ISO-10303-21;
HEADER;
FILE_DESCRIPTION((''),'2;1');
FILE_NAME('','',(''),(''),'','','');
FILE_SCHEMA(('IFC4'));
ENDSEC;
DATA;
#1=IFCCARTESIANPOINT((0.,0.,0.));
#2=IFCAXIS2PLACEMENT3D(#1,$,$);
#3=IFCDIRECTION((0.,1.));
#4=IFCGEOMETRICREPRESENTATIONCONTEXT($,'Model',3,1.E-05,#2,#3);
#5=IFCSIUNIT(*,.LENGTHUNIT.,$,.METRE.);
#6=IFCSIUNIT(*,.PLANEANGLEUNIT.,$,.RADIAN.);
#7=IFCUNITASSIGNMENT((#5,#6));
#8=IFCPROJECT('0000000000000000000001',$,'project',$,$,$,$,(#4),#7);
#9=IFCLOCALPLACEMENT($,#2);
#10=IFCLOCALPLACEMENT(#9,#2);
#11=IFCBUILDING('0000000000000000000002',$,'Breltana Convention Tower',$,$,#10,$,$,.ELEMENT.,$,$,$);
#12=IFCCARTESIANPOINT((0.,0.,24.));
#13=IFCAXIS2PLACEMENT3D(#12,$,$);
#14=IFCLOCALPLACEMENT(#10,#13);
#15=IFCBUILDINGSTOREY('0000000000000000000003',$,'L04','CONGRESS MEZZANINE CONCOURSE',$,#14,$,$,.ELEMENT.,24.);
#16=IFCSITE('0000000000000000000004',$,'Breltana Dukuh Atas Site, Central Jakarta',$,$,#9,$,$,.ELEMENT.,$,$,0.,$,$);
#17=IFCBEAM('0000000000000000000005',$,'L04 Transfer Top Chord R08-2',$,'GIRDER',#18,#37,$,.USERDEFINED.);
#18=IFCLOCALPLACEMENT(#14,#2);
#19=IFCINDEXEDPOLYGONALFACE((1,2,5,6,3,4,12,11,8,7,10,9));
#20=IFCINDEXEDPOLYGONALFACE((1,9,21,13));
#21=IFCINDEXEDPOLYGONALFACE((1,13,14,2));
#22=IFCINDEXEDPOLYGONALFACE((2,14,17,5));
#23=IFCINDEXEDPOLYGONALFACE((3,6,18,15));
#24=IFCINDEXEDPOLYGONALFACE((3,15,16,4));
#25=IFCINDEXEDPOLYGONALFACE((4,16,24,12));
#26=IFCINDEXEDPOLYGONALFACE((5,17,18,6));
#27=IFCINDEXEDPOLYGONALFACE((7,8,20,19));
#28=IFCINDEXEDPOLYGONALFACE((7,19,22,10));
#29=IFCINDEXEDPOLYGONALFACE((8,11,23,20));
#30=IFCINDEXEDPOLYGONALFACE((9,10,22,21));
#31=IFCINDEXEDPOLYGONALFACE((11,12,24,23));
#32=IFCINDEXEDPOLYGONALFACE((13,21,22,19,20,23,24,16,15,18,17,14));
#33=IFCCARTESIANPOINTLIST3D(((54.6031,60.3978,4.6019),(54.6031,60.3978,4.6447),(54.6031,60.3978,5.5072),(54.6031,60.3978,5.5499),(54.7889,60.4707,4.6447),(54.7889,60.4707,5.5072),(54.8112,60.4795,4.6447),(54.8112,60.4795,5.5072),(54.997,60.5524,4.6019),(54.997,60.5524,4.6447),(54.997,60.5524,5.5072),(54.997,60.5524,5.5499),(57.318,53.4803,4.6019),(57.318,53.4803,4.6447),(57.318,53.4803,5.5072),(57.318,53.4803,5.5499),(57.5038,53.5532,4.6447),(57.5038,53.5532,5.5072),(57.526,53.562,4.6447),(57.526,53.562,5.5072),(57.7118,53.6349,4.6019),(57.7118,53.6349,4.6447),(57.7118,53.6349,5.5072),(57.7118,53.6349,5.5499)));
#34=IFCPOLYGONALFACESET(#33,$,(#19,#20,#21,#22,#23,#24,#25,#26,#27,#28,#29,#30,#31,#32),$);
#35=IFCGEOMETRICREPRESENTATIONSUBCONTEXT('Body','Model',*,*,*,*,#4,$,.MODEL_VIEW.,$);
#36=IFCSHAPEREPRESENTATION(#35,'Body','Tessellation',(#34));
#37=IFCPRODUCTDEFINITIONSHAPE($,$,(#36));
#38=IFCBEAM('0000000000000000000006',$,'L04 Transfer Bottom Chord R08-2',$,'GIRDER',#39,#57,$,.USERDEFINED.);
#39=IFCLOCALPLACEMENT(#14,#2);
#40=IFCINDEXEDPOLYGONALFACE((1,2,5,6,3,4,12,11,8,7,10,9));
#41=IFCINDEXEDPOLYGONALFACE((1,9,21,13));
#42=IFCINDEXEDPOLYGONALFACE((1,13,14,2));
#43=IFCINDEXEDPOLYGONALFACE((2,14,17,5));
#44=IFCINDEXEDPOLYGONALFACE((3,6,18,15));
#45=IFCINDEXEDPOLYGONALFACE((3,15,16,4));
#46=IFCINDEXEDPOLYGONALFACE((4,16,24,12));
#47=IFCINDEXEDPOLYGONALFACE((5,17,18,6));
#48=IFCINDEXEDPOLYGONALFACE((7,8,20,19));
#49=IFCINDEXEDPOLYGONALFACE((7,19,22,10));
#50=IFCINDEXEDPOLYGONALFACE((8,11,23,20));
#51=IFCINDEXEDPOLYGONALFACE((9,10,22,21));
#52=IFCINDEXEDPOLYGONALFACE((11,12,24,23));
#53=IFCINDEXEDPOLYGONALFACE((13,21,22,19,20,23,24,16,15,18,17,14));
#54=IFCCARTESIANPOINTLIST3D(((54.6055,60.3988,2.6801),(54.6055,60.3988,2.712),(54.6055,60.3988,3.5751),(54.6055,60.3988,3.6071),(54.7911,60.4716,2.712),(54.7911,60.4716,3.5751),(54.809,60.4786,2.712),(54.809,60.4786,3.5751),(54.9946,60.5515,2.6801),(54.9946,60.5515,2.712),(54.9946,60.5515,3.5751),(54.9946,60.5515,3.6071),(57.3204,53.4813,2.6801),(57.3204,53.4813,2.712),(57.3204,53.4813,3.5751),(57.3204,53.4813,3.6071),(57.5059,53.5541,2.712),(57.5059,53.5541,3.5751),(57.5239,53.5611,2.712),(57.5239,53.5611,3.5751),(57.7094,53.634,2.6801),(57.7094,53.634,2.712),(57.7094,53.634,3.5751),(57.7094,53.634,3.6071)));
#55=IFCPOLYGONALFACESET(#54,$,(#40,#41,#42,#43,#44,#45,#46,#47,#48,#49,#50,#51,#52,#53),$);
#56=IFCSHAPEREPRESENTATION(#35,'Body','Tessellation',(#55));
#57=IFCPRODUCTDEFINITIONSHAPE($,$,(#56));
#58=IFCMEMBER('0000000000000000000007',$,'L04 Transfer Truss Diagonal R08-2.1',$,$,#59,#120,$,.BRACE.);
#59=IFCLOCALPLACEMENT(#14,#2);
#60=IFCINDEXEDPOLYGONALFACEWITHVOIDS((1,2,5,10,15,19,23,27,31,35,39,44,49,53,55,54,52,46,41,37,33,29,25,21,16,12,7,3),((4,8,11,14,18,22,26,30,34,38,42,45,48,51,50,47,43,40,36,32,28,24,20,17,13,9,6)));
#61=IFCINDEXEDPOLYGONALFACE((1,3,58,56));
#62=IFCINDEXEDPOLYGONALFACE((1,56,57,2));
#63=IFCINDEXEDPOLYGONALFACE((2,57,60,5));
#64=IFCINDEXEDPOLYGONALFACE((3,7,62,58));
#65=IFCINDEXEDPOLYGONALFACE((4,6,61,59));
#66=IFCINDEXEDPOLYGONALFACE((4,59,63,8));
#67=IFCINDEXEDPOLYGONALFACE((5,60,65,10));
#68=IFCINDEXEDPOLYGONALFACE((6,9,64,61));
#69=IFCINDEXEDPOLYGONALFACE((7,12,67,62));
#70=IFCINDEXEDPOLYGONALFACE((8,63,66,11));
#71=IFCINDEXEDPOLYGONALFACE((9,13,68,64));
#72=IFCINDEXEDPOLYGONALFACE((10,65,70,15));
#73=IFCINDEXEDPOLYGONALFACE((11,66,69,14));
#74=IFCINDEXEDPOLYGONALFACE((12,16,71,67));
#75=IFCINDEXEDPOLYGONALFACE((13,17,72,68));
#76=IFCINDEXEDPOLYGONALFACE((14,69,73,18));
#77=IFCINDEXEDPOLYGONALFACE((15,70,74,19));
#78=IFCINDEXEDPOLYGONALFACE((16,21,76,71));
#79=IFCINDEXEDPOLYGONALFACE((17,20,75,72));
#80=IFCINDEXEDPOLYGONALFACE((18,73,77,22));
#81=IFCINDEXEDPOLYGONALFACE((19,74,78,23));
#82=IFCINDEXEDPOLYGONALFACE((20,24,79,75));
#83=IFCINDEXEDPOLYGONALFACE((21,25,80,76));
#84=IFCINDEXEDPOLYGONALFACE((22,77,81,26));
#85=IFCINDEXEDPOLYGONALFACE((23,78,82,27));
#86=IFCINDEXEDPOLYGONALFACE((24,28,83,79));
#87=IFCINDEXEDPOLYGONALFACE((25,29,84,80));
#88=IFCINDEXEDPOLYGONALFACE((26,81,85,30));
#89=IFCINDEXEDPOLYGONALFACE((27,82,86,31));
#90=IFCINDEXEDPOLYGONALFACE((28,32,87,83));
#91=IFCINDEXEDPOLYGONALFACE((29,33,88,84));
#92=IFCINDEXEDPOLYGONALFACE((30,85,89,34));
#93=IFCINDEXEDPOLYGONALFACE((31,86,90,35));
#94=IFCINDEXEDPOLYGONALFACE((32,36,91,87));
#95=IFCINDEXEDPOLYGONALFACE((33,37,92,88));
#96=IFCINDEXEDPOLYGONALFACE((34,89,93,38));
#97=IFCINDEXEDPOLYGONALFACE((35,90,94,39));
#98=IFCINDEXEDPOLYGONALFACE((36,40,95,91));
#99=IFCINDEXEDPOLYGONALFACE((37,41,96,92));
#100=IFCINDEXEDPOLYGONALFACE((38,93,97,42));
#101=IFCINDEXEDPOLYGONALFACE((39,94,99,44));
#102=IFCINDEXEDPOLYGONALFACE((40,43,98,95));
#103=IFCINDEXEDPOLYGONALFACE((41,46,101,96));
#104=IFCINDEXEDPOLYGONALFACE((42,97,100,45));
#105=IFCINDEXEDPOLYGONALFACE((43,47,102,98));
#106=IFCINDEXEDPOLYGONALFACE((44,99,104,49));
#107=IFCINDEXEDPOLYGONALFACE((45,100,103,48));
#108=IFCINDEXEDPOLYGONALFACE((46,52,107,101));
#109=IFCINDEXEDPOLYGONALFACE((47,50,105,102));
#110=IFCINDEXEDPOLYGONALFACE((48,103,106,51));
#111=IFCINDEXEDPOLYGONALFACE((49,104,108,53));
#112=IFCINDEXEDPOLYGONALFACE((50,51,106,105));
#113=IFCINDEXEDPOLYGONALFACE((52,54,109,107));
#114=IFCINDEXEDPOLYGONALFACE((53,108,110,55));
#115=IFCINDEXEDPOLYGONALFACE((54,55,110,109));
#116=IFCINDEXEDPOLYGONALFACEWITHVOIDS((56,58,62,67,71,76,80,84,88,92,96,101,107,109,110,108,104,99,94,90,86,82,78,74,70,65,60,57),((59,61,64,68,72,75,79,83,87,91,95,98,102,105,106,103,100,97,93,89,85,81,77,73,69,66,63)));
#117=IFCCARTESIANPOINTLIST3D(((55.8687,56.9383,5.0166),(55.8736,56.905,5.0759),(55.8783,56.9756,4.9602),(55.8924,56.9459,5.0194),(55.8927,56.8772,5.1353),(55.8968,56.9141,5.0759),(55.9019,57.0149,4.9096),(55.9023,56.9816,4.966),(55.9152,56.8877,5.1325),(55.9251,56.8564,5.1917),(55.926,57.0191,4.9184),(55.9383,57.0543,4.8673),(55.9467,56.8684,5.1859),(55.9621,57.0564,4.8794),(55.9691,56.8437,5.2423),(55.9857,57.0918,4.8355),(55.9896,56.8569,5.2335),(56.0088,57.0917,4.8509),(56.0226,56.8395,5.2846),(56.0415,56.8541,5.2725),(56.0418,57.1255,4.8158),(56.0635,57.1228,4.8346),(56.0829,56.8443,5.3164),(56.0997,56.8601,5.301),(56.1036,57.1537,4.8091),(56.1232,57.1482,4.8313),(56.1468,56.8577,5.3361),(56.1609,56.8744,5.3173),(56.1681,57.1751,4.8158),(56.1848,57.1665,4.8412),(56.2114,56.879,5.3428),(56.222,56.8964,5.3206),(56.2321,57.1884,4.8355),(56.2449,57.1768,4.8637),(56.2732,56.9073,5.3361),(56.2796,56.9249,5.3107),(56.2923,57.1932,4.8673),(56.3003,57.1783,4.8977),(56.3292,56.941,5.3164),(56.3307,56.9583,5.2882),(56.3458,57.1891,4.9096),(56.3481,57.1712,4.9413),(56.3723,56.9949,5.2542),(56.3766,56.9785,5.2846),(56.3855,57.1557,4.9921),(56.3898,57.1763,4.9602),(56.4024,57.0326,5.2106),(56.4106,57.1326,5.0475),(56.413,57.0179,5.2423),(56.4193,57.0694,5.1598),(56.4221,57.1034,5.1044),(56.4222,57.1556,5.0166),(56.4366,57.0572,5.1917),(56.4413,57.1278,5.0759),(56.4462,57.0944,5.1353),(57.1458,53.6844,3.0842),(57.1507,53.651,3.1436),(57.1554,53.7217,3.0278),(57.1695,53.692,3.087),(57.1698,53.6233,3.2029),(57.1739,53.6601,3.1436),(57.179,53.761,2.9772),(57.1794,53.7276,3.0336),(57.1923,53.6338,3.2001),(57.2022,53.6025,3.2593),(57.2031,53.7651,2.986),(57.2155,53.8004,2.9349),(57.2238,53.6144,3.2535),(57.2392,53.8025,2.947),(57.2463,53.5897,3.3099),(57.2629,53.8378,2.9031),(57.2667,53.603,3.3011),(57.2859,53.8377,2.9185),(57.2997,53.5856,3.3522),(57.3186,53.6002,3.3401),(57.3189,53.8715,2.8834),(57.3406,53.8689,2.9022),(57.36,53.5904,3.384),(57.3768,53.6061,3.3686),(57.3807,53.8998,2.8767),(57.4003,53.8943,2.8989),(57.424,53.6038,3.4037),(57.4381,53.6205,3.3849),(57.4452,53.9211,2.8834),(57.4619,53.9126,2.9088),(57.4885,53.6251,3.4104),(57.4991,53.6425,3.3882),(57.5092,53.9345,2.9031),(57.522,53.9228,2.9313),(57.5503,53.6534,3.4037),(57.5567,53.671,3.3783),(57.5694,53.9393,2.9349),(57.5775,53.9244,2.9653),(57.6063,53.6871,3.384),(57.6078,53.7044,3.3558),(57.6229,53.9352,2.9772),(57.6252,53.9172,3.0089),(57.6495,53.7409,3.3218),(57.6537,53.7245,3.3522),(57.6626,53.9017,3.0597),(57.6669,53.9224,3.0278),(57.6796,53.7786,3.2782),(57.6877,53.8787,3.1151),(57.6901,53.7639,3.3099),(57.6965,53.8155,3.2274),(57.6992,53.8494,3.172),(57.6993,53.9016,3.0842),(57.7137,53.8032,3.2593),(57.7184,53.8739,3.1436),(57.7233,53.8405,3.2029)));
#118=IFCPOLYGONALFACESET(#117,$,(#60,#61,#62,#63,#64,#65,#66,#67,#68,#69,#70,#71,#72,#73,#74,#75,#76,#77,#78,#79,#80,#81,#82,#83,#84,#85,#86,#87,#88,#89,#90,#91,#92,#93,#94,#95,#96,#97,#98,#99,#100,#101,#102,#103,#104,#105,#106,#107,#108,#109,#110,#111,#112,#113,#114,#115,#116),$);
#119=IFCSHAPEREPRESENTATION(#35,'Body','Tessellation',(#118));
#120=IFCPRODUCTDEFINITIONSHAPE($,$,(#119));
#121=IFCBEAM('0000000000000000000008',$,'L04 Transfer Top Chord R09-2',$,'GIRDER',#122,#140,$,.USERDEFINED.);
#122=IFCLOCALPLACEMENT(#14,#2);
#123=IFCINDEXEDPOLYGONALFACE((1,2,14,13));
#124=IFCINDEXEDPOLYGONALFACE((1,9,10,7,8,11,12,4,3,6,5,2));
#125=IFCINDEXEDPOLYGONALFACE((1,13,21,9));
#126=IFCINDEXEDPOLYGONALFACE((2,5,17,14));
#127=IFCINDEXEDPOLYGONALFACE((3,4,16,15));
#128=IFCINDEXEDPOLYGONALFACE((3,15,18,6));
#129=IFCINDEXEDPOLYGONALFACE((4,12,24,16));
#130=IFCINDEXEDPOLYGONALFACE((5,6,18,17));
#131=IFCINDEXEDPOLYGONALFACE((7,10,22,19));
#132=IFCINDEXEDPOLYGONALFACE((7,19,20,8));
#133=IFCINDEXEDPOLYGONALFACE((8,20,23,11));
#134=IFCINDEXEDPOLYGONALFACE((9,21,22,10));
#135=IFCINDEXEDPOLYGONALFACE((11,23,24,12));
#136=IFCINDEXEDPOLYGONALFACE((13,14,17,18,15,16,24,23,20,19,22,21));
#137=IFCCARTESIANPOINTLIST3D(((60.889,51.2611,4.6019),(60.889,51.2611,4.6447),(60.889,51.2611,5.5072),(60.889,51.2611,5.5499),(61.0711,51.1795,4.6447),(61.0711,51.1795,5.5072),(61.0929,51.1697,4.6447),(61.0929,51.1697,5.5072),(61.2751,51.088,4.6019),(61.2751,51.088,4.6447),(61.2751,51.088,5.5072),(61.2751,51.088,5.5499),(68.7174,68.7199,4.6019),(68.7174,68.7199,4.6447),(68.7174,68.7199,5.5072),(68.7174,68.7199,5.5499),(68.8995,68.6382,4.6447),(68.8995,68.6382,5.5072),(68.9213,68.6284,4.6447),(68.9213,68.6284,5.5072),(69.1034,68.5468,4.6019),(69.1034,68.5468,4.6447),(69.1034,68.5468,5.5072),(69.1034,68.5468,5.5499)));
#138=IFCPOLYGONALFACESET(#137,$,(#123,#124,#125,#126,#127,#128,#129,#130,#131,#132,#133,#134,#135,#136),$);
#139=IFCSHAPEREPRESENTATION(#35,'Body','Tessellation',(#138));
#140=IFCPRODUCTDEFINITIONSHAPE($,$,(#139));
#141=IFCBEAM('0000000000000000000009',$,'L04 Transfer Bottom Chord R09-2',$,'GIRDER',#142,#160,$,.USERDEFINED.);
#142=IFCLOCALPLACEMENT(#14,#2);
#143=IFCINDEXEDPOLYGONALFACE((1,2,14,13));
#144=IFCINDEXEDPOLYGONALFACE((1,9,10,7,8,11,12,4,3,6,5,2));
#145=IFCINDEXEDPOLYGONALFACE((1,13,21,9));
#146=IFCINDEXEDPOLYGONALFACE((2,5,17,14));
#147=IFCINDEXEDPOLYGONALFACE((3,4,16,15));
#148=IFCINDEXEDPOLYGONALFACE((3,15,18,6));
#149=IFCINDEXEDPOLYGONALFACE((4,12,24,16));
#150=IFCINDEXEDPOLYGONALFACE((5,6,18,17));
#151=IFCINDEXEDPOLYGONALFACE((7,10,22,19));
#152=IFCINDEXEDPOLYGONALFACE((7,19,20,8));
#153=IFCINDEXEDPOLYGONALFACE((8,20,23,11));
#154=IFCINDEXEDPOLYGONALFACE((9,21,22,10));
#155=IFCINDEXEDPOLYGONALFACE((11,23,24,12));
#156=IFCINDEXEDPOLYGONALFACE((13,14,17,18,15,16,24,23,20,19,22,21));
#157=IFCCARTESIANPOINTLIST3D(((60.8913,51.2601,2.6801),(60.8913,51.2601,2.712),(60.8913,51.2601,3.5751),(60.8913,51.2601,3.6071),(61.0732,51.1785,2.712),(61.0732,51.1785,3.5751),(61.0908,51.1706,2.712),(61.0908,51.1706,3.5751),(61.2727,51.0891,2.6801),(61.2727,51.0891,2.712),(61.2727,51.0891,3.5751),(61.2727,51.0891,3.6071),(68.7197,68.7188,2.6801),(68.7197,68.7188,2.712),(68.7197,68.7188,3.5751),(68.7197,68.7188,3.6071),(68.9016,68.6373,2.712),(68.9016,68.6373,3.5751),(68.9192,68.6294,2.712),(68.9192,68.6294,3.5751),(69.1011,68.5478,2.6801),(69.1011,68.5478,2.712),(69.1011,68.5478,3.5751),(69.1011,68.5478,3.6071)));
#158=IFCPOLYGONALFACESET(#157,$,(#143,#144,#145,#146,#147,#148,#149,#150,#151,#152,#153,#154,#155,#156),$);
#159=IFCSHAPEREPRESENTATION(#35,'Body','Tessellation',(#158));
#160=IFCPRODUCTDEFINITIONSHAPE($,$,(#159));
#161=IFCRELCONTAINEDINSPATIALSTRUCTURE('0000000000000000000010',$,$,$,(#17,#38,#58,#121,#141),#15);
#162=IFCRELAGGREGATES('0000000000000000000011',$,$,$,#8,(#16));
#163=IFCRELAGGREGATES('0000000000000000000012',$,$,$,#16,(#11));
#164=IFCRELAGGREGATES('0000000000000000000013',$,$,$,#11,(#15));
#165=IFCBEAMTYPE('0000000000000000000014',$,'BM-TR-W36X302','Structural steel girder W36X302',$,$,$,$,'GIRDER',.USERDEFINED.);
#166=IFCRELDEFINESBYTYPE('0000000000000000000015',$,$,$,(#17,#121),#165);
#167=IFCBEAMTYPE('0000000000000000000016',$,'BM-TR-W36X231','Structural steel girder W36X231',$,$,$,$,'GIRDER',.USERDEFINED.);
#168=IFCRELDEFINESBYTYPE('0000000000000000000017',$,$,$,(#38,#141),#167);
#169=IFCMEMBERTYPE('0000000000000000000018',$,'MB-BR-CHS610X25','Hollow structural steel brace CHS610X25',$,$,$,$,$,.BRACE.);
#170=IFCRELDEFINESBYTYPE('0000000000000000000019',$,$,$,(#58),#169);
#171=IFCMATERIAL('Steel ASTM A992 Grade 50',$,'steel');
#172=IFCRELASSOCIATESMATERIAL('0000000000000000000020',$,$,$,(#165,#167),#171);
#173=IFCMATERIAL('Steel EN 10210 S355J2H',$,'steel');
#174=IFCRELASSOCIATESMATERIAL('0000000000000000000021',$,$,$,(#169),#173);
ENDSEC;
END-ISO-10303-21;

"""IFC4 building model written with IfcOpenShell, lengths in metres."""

from ifc_helpers import new_model, si_unit, direction, frame, origin, origin_2d, place, context, subcontext, project, spatial, hollow_circle, i_section, extrude, source, transform, mapped, material, material_profile, profile_set, type_object, element, save


model = new_model("IFC4")

# Units and contexts
model_context = context("Model", 3, precision=1e-05, world=origin(), true_north=direction((0.0, 1.0)))
body_context = subcontext(model_context, "Body", "Model", "MODEL_VIEW")
ifc_project = project(units=[si_unit("LENGTHUNIT", "METRE"), si_unit("PLANEANGLEUNIT", "RADIAN")], contexts=[model_context])

# Site, building, storey
site_placement = place(None, origin())
site = spatial("IfcSite", under=ifc_project, at=site_placement, Name="Breltana Dukuh Atas Site, Central Jakarta", CompositionType="ELEMENT", RefElevation=0.0)
building_placement = place(site_placement, origin())
building = spatial("IfcBuilding", under=site, at=building_placement, Name="Breltana Convention Tower", CompositionType="ELEMENT")
storey_placement = place(building_placement, frame((0.0, 0.0, 24.0)))
storey = spatial("IfcBuildingStorey", under=building, at=storey_placement, Name="L04", Description="CONGRESS MEZZANINE CONCOURSE", CompositionType="ELEMENT", Elevation=24.0)

# Shared definitions
ifc_material_1 = material(Name="Steel ASTM A992 Grade 50", Category="steel")
ifc_material_2 = material(Name="Steel EN 10210 S355J2H", Category="steel")

# Beams
ifc_material_profile_1 = material_profile(ifc_material_1, i_section(OverallWidth=0.4231, OverallDepth=0.948, WebThickness=0.0239, FlangeThickness=0.0427, at=origin_2d()), Name="W36X302")
ifc_profile_set_1 = profile_set([ifc_material_profile_1], Name="Steel ASTM A992 Grade 50")
beam_type_1 = type_object("IfcBeamType", Name="BM-TR-W36X302", Description="Structural steel girder W36X302", ElementType="GIRDER", PredefinedType="USERDEFINED", material=ifc_profile_set_1)
shared_shape_1 = source(origin(), body_context, "Body", "SweptSolid", [
    extrude(i_section(OverallWidth=0.4231, OverallDepth=0.948, WebThickness=0.0239, FlangeThickness=0.0427, at=origin_2d()), origin(), (0.0, 0.0, 1.0), 7.4312),
])
beam_1_placement = place(storey_placement, frame((57.5149, 53.5576, 5.0759), z_axis=(-0.365333, 0.930877, 0.0), x_axis=(-0.930877, -0.365333, 0.0)))
element("IfcBeam", 1, at=beam_1_placement, inside=storey, type_object=beam_type_1, Name="L04 Transfer Top Chord R08-2", ObjectType="GIRDER", PredefinedType="USERDEFINED", context=body_context, shape_type="MappedRepresentation", body=[
    mapped(shared_shape_1, transform((0.0, 0.0, 0.0), scale=1.0)),
])
ifc_material_profile_2 = material_profile(ifc_material_1, i_section(OverallWidth=0.418, OverallDepth=0.927, WebThickness=0.0193, FlangeThickness=0.032, at=origin_2d()), Name="W36X231")
ifc_profile_set_2 = profile_set([ifc_material_profile_2], Name="Steel ASTM A992 Grade 50")
beam_type_2 = type_object("IfcBeamType", Name="BM-TR-W36X231", Description="Structural steel girder W36X231", ElementType="GIRDER", PredefinedType="USERDEFINED", material=ifc_profile_set_2)
shared_shape_2 = source(origin(), body_context, "Body", "SweptSolid", [
    extrude(i_section(OverallWidth=0.418, OverallDepth=0.927, WebThickness=0.0193, FlangeThickness=0.032, at=origin_2d()), origin(), (0.0, 0.0, 1.0), 7.4312),
])
beam_2_placement = place(storey_placement, frame((57.5149, 53.5576, 3.1436), z_axis=(-0.365333, 0.930877, 0.0), x_axis=(-0.930877, -0.365333, 0.0)))
element("IfcBeam", 2, at=beam_2_placement, inside=storey, type_object=beam_type_2, Name="L04 Transfer Bottom Chord R08-2", ObjectType="GIRDER", PredefinedType="USERDEFINED", context=body_context, shape_type="MappedRepresentation", body=[
    mapped(shared_shape_2, transform((0.0, 0.0, 0.0), scale=1.0)),
])

# Member
ifc_material_profile_3 = material_profile(ifc_material_2, hollow_circle(Radius=0.3049, WallThickness=0.0249, at=origin_2d()), Name="CHS610X25")
ifc_profile_set_3 = profile_set([ifc_material_profile_3], Name="Steel EN 10210 S355J2H")
member_type_1 = type_object("IfcMemberType", Name="MB-BR-CHS610X25", Description="Hollow structural steel brace CHS610X25", PredefinedType="BRACE", material=ifc_profile_set_3)
shared_shape_3 = source(origin(), body_context, "Body", "SweptSolid", [
    extrude(hollow_circle(Radius=0.3049, WallThickness=0.0249, at=origin_2d()), origin(), (0.0, 0.0, 1.0), 3.9941),
])
member_1_placement = place(storey_placement, frame((57.4346, 53.7625, 3.1436), z_axis=(-0.319745, 0.814675, 0.483805), x_axis=(-0.93087, -0.36535, 0.0)))
element("IfcMember", 3, at=member_1_placement, inside=storey, type_object=member_type_1, Name="L04 Transfer Truss Diagonal R08-2.1", PredefinedType="BRACE", context=body_context, shape_type="MappedRepresentation", body=[
    mapped(shared_shape_3, transform((0.0, 0.0, 0.0), scale=1.0)),
])

# Beams
shared_shape_4 = source(origin(), body_context, "Body", "SweptSolid", [
    extrude(i_section(OverallWidth=0.4231, OverallDepth=0.948, WebThickness=0.0239, FlangeThickness=0.0427, at=origin_2d()), origin(), (0.0, 0.0, 1.0), 19.1335),
])
beam_3_placement = place(storey_placement, frame((61.082, 51.1746, 5.0759), z_axis=(0.409145, 0.91247, 0.0), x_axis=(-0.91247, 0.409145, 0.0)))
element("IfcBeam", 4, at=beam_3_placement, inside=storey, type_object=beam_type_1, Name="L04 Transfer Top Chord R09-2", ObjectType="GIRDER", PredefinedType="USERDEFINED", context=body_context, shape_type="MappedRepresentation", body=[
    mapped(shared_shape_4, transform((0.0, 0.0, 0.0), scale=1.0)),
])
shared_shape_5 = source(origin(), body_context, "Body", "SweptSolid", [
    extrude(i_section(OverallWidth=0.418, OverallDepth=0.927, WebThickness=0.0193, FlangeThickness=0.032, at=origin_2d()), origin(), (0.0, 0.0, 1.0), 19.1335),
])
beam_4_placement = place(storey_placement, frame((61.082, 51.1746, 3.1436), z_axis=(0.409145, 0.91247, 0.0), x_axis=(-0.91247, 0.409145, 0.0)))
element("IfcBeam", 5, at=beam_4_placement, inside=storey, type_object=beam_type_2, Name="L04 Transfer Bottom Chord R09-2", ObjectType="GIRDER", PredefinedType="USERDEFINED", context=body_context, shape_type="MappedRepresentation", body=[
    mapped(shared_shape_5, transform((0.0, 0.0, 0.0), scale=1.0)),
])

save(model, "model.ifc")
